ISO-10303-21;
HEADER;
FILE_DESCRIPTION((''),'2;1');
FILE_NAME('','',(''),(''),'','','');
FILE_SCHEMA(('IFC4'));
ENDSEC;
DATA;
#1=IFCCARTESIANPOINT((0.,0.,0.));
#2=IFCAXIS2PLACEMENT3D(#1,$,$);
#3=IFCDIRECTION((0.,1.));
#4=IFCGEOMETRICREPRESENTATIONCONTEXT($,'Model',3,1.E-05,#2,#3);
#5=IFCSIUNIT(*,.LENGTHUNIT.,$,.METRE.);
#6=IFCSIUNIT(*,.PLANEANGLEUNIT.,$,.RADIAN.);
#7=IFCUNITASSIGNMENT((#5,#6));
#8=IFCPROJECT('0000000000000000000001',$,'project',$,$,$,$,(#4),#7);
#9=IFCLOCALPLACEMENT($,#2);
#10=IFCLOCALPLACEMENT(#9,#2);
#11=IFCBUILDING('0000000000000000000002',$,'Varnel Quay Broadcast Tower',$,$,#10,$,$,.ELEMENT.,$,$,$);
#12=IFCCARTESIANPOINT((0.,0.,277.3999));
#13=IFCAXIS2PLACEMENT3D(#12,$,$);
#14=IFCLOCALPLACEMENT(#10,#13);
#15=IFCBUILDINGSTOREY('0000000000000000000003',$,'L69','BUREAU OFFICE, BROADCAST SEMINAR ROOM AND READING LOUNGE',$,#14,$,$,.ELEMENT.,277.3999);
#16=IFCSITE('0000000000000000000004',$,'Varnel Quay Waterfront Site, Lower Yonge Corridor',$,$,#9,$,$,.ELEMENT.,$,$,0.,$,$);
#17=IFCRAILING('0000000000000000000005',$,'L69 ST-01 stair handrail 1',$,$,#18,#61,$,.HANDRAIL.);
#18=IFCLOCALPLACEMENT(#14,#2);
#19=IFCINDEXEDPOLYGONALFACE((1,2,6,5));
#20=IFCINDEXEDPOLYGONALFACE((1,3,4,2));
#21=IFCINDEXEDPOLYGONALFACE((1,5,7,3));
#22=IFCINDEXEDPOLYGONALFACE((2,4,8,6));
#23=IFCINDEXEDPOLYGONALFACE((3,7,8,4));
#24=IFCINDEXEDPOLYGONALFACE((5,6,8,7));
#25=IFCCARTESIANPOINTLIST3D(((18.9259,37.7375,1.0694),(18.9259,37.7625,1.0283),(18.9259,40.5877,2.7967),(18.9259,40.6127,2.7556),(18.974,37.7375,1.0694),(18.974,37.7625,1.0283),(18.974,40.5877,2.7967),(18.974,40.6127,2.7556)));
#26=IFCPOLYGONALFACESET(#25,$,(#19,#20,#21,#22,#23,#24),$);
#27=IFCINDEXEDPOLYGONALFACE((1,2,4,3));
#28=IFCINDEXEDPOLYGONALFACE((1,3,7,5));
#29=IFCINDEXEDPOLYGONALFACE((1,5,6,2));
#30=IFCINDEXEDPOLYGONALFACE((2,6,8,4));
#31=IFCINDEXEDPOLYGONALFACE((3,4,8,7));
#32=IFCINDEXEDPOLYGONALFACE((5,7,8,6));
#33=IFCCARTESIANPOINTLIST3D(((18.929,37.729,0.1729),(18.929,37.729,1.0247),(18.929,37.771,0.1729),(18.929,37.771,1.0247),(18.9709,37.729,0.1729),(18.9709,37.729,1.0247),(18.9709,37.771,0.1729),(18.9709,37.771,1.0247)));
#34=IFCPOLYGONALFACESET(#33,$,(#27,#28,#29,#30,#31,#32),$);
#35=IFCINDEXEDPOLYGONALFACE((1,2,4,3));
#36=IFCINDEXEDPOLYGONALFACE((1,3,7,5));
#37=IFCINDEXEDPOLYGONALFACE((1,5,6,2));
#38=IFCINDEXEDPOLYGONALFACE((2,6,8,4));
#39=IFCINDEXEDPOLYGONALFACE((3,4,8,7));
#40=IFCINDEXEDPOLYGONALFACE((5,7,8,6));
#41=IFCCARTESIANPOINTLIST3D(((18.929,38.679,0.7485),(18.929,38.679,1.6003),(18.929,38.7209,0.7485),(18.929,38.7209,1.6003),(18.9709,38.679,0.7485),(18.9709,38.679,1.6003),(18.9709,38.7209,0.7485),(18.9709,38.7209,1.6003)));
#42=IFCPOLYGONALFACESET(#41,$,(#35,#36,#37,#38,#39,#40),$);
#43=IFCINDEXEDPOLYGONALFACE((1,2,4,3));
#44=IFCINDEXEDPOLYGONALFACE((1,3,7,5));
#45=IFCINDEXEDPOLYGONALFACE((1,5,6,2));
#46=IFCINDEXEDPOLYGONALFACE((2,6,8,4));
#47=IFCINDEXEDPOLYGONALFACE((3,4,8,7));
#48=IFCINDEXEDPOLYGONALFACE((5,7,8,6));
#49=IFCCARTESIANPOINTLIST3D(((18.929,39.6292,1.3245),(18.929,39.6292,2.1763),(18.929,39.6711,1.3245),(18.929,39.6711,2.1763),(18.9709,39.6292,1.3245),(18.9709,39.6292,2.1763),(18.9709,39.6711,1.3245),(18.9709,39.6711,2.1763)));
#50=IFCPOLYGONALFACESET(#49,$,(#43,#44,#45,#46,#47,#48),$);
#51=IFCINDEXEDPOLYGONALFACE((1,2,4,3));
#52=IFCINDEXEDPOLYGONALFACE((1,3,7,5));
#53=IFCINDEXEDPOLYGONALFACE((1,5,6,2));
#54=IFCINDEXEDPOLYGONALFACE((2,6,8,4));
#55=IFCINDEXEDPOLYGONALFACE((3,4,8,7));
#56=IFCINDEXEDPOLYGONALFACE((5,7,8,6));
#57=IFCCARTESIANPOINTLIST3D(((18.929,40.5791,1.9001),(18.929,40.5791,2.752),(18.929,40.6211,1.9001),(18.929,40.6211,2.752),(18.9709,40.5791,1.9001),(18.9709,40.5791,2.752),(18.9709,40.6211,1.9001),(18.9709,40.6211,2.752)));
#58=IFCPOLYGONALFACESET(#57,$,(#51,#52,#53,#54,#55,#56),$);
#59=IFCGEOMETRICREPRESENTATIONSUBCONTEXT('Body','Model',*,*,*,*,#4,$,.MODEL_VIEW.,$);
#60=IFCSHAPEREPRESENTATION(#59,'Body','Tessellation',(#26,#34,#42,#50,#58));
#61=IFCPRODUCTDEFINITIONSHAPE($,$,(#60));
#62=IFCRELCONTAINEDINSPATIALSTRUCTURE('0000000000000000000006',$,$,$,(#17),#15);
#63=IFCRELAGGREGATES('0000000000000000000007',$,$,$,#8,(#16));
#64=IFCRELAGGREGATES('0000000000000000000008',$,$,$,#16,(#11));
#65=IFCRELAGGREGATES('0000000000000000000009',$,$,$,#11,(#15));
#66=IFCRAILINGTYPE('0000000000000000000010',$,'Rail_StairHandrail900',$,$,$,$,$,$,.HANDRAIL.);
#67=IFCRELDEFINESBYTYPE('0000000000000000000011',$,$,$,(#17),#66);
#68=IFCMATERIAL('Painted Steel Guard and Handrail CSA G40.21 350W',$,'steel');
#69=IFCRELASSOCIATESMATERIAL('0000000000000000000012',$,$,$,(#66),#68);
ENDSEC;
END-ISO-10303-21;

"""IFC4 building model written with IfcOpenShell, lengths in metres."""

from ifc_helpers import new_model, si_unit, direction, frame, origin, origin_2d, place, context, subcontext, project, spatial, rectangle, extrude, material, type_object, element, save


model = new_model("IFC4")

# Units and contexts
model_context = context("Model", 3, precision=1e-05, world=origin(), true_north=direction((0.0, 1.0)))
body_context = subcontext(model_context, "Body", "Model", "MODEL_VIEW")
ifc_project = project(units=[si_unit("LENGTHUNIT", "METRE"), si_unit("PLANEANGLEUNIT", "RADIAN")], contexts=[model_context])

# Site, building, storey
site_placement = place(None, origin())
site = spatial("IfcSite", under=ifc_project, at=site_placement, Name="Varnel Quay Waterfront Site, Lower Yonge Corridor", CompositionType="ELEMENT", RefElevation=0.0)
building_placement = place(site_placement, origin())
building = spatial("IfcBuilding", under=site, at=building_placement, Name="Varnel Quay Broadcast Tower", CompositionType="ELEMENT")
storey_placement = place(building_placement, frame((0.0, 0.0, 277.3999)))
storey = spatial("IfcBuildingStorey", under=building, at=storey_placement, Name="L69", Description="BUREAU OFFICE, BROADCAST SEMINAR ROOM AND READING LOUNGE", CompositionType="ELEMENT", Elevation=277.3999)

# Railing
ifc_material_1 = material(Name="Painted Steel Guard and Handrail CSA G40.21 350W", Category="steel")
railing_type_1 = type_object("IfcRailingType", Name="Rail_StairHandrail900", PredefinedType="HANDRAIL", material=ifc_material_1)
railing_1_placement = place(storey_placement, frame((18.95, 37.75, 0.1729)))
element("IfcRailing", 1, at=railing_1_placement, inside=storey, type_object=railing_type_1, Name="L69 ST-01 stair handrail 1", PredefinedType="HANDRAIL", context=body_context, shape_type="SweptSolid", body=[
    extrude(rectangle(XDim=0.0481, YDim=0.0481, at=origin_2d()), frame((0.0, 0.0, 0.876), z_axis=(0.0, 0.855203, 0.518294), x_axis=(-1.0, 0.0, 0.0)), (0.0, 0.0, 1.0), 3.3328),
    extrude(rectangle(XDim=0.042, YDim=0.042, at=origin_2d()), origin(), (0.0, 0.0, 1.0), 0.8518),
    extrude(rectangle(XDim=0.042, YDim=0.042, at=origin_2d()), frame((0.0, 0.95, 0.5757)), (0.0, 0.0, 1.0), 0.8518),
    extrude(rectangle(XDim=0.042, YDim=0.042, at=origin_2d()), frame((0.0, 1.9001, 1.1516)), (0.0, 0.0, 1.0), 0.8518),
    extrude(rectangle(XDim=0.042, YDim=0.042, at=origin_2d()), frame((0.0, 2.8501, 1.7273)), (0.0, 0.0, 1.0), 0.8518),
])

save(model, "model.ifc")
